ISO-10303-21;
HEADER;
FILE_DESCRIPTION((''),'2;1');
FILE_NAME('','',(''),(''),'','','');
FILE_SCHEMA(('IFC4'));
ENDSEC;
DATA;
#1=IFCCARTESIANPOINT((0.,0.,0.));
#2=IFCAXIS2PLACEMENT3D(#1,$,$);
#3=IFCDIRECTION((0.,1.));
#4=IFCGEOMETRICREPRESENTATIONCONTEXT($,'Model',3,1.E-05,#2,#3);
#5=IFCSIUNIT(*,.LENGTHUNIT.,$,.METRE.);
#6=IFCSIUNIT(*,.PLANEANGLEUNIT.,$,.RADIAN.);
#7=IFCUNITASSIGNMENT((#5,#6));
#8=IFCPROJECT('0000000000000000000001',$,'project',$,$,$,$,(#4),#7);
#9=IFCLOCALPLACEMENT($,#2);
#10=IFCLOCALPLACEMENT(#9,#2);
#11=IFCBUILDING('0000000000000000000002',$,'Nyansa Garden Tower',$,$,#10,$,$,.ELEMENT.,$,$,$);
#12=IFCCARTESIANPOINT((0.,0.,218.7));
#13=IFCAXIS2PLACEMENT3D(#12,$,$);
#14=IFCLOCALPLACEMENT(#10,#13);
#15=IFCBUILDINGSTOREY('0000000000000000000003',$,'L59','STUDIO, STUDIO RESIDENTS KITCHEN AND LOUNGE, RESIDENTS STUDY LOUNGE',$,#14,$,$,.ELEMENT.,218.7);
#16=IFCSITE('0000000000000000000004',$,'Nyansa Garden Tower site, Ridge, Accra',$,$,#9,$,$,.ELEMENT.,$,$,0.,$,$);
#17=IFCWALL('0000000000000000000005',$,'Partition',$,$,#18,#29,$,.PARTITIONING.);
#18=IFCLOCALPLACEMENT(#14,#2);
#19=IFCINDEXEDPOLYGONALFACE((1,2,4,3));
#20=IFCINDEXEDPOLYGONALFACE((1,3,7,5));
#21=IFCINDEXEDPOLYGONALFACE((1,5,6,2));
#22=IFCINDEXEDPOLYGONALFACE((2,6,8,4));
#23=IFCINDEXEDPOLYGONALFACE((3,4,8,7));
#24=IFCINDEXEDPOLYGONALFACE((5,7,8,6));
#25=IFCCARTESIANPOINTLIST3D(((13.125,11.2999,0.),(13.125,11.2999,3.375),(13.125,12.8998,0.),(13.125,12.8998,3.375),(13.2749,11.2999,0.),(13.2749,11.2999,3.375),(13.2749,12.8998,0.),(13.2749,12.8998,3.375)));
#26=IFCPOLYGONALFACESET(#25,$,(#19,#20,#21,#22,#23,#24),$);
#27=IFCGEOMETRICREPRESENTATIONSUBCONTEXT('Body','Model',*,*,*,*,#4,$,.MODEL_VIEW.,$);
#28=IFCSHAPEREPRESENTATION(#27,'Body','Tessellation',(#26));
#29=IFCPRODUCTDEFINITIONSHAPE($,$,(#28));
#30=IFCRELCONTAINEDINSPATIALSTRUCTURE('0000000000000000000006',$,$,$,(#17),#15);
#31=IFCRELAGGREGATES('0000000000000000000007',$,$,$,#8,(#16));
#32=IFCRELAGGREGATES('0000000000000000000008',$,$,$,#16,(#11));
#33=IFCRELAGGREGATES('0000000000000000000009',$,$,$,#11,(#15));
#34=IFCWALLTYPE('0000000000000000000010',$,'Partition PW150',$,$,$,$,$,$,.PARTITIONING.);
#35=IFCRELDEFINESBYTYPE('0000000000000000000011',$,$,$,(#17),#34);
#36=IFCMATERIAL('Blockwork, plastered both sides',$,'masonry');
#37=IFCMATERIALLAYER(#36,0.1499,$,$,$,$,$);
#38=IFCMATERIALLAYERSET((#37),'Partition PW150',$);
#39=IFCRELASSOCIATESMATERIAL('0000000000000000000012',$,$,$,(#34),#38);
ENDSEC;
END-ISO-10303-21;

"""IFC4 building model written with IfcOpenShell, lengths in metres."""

from ifc_helpers import new_model, si_unit, direction, frame, frame_2d, origin, place, context, subcontext, project, spatial, rectangle, extrude, material, layer, layer_set, type_object, element, save


model = new_model("IFC4")

# Units and contexts
model_context = context("Model", 3, precision=1e-05, world=origin(), true_north=direction((0.0, 1.0)))
body_context = subcontext(model_context, "Body", "Model", "MODEL_VIEW")
ifc_project = project(units=[si_unit("LENGTHUNIT", "METRE"), si_unit("PLANEANGLEUNIT", "RADIAN")], contexts=[model_context])

# Site, building, storey
site_placement = place(None, origin())
site = spatial("IfcSite", under=ifc_project, at=site_placement, Name="Nyansa Garden Tower site, Ridge, Accra", CompositionType="ELEMENT", RefElevation=0.0)
building_placement = place(site_placement, origin())
building = spatial("IfcBuilding", under=site, at=building_placement, Name="Nyansa Garden Tower", CompositionType="ELEMENT")
storey_placement = place(building_placement, frame((0.0, 0.0, 218.7)))
storey = spatial("IfcBuildingStorey", under=building, at=storey_placement, Name="L59", Description="STUDIO, STUDIO RESIDENTS KITCHEN AND LOUNGE, RESIDENTS STUDY LOUNGE", CompositionType="ELEMENT", Elevation=218.7)

# Shared definitions
ifc_material_1 = material(Name="Blockwork, plastered both sides", Category="masonry")
ifc_layer_1 = layer(ifc_material_1, 0.1499)
ifc_layer_set_1 = layer_set([ifc_layer_1], Name="Partition PW150")
wall_type_1 = type_object("IfcWallType", Name="Partition PW150", PredefinedType="PARTITIONING", material=ifc_layer_set_1)

# Wall
wall_1_placement = place(storey_placement, frame((13.2, 11.3, 0.0), z_axis=(0.0, 0.0, 1.0), x_axis=(0.0, 1.0, 0.0)))
element("IfcWall", 1, at=wall_1_placement, inside=storey, type_object=wall_type_1, Name="Partition", PredefinedType="PARTITIONING", context=body_context, shape_type="SweptSolid", body=[
    extrude(rectangle(XDim=1.5999, YDim=0.1499, at=frame_2d((0.7998, 0.0))), origin(), (0.0, 0.0, 1.0), 3.375),
])

save(model, "model.ifc")
